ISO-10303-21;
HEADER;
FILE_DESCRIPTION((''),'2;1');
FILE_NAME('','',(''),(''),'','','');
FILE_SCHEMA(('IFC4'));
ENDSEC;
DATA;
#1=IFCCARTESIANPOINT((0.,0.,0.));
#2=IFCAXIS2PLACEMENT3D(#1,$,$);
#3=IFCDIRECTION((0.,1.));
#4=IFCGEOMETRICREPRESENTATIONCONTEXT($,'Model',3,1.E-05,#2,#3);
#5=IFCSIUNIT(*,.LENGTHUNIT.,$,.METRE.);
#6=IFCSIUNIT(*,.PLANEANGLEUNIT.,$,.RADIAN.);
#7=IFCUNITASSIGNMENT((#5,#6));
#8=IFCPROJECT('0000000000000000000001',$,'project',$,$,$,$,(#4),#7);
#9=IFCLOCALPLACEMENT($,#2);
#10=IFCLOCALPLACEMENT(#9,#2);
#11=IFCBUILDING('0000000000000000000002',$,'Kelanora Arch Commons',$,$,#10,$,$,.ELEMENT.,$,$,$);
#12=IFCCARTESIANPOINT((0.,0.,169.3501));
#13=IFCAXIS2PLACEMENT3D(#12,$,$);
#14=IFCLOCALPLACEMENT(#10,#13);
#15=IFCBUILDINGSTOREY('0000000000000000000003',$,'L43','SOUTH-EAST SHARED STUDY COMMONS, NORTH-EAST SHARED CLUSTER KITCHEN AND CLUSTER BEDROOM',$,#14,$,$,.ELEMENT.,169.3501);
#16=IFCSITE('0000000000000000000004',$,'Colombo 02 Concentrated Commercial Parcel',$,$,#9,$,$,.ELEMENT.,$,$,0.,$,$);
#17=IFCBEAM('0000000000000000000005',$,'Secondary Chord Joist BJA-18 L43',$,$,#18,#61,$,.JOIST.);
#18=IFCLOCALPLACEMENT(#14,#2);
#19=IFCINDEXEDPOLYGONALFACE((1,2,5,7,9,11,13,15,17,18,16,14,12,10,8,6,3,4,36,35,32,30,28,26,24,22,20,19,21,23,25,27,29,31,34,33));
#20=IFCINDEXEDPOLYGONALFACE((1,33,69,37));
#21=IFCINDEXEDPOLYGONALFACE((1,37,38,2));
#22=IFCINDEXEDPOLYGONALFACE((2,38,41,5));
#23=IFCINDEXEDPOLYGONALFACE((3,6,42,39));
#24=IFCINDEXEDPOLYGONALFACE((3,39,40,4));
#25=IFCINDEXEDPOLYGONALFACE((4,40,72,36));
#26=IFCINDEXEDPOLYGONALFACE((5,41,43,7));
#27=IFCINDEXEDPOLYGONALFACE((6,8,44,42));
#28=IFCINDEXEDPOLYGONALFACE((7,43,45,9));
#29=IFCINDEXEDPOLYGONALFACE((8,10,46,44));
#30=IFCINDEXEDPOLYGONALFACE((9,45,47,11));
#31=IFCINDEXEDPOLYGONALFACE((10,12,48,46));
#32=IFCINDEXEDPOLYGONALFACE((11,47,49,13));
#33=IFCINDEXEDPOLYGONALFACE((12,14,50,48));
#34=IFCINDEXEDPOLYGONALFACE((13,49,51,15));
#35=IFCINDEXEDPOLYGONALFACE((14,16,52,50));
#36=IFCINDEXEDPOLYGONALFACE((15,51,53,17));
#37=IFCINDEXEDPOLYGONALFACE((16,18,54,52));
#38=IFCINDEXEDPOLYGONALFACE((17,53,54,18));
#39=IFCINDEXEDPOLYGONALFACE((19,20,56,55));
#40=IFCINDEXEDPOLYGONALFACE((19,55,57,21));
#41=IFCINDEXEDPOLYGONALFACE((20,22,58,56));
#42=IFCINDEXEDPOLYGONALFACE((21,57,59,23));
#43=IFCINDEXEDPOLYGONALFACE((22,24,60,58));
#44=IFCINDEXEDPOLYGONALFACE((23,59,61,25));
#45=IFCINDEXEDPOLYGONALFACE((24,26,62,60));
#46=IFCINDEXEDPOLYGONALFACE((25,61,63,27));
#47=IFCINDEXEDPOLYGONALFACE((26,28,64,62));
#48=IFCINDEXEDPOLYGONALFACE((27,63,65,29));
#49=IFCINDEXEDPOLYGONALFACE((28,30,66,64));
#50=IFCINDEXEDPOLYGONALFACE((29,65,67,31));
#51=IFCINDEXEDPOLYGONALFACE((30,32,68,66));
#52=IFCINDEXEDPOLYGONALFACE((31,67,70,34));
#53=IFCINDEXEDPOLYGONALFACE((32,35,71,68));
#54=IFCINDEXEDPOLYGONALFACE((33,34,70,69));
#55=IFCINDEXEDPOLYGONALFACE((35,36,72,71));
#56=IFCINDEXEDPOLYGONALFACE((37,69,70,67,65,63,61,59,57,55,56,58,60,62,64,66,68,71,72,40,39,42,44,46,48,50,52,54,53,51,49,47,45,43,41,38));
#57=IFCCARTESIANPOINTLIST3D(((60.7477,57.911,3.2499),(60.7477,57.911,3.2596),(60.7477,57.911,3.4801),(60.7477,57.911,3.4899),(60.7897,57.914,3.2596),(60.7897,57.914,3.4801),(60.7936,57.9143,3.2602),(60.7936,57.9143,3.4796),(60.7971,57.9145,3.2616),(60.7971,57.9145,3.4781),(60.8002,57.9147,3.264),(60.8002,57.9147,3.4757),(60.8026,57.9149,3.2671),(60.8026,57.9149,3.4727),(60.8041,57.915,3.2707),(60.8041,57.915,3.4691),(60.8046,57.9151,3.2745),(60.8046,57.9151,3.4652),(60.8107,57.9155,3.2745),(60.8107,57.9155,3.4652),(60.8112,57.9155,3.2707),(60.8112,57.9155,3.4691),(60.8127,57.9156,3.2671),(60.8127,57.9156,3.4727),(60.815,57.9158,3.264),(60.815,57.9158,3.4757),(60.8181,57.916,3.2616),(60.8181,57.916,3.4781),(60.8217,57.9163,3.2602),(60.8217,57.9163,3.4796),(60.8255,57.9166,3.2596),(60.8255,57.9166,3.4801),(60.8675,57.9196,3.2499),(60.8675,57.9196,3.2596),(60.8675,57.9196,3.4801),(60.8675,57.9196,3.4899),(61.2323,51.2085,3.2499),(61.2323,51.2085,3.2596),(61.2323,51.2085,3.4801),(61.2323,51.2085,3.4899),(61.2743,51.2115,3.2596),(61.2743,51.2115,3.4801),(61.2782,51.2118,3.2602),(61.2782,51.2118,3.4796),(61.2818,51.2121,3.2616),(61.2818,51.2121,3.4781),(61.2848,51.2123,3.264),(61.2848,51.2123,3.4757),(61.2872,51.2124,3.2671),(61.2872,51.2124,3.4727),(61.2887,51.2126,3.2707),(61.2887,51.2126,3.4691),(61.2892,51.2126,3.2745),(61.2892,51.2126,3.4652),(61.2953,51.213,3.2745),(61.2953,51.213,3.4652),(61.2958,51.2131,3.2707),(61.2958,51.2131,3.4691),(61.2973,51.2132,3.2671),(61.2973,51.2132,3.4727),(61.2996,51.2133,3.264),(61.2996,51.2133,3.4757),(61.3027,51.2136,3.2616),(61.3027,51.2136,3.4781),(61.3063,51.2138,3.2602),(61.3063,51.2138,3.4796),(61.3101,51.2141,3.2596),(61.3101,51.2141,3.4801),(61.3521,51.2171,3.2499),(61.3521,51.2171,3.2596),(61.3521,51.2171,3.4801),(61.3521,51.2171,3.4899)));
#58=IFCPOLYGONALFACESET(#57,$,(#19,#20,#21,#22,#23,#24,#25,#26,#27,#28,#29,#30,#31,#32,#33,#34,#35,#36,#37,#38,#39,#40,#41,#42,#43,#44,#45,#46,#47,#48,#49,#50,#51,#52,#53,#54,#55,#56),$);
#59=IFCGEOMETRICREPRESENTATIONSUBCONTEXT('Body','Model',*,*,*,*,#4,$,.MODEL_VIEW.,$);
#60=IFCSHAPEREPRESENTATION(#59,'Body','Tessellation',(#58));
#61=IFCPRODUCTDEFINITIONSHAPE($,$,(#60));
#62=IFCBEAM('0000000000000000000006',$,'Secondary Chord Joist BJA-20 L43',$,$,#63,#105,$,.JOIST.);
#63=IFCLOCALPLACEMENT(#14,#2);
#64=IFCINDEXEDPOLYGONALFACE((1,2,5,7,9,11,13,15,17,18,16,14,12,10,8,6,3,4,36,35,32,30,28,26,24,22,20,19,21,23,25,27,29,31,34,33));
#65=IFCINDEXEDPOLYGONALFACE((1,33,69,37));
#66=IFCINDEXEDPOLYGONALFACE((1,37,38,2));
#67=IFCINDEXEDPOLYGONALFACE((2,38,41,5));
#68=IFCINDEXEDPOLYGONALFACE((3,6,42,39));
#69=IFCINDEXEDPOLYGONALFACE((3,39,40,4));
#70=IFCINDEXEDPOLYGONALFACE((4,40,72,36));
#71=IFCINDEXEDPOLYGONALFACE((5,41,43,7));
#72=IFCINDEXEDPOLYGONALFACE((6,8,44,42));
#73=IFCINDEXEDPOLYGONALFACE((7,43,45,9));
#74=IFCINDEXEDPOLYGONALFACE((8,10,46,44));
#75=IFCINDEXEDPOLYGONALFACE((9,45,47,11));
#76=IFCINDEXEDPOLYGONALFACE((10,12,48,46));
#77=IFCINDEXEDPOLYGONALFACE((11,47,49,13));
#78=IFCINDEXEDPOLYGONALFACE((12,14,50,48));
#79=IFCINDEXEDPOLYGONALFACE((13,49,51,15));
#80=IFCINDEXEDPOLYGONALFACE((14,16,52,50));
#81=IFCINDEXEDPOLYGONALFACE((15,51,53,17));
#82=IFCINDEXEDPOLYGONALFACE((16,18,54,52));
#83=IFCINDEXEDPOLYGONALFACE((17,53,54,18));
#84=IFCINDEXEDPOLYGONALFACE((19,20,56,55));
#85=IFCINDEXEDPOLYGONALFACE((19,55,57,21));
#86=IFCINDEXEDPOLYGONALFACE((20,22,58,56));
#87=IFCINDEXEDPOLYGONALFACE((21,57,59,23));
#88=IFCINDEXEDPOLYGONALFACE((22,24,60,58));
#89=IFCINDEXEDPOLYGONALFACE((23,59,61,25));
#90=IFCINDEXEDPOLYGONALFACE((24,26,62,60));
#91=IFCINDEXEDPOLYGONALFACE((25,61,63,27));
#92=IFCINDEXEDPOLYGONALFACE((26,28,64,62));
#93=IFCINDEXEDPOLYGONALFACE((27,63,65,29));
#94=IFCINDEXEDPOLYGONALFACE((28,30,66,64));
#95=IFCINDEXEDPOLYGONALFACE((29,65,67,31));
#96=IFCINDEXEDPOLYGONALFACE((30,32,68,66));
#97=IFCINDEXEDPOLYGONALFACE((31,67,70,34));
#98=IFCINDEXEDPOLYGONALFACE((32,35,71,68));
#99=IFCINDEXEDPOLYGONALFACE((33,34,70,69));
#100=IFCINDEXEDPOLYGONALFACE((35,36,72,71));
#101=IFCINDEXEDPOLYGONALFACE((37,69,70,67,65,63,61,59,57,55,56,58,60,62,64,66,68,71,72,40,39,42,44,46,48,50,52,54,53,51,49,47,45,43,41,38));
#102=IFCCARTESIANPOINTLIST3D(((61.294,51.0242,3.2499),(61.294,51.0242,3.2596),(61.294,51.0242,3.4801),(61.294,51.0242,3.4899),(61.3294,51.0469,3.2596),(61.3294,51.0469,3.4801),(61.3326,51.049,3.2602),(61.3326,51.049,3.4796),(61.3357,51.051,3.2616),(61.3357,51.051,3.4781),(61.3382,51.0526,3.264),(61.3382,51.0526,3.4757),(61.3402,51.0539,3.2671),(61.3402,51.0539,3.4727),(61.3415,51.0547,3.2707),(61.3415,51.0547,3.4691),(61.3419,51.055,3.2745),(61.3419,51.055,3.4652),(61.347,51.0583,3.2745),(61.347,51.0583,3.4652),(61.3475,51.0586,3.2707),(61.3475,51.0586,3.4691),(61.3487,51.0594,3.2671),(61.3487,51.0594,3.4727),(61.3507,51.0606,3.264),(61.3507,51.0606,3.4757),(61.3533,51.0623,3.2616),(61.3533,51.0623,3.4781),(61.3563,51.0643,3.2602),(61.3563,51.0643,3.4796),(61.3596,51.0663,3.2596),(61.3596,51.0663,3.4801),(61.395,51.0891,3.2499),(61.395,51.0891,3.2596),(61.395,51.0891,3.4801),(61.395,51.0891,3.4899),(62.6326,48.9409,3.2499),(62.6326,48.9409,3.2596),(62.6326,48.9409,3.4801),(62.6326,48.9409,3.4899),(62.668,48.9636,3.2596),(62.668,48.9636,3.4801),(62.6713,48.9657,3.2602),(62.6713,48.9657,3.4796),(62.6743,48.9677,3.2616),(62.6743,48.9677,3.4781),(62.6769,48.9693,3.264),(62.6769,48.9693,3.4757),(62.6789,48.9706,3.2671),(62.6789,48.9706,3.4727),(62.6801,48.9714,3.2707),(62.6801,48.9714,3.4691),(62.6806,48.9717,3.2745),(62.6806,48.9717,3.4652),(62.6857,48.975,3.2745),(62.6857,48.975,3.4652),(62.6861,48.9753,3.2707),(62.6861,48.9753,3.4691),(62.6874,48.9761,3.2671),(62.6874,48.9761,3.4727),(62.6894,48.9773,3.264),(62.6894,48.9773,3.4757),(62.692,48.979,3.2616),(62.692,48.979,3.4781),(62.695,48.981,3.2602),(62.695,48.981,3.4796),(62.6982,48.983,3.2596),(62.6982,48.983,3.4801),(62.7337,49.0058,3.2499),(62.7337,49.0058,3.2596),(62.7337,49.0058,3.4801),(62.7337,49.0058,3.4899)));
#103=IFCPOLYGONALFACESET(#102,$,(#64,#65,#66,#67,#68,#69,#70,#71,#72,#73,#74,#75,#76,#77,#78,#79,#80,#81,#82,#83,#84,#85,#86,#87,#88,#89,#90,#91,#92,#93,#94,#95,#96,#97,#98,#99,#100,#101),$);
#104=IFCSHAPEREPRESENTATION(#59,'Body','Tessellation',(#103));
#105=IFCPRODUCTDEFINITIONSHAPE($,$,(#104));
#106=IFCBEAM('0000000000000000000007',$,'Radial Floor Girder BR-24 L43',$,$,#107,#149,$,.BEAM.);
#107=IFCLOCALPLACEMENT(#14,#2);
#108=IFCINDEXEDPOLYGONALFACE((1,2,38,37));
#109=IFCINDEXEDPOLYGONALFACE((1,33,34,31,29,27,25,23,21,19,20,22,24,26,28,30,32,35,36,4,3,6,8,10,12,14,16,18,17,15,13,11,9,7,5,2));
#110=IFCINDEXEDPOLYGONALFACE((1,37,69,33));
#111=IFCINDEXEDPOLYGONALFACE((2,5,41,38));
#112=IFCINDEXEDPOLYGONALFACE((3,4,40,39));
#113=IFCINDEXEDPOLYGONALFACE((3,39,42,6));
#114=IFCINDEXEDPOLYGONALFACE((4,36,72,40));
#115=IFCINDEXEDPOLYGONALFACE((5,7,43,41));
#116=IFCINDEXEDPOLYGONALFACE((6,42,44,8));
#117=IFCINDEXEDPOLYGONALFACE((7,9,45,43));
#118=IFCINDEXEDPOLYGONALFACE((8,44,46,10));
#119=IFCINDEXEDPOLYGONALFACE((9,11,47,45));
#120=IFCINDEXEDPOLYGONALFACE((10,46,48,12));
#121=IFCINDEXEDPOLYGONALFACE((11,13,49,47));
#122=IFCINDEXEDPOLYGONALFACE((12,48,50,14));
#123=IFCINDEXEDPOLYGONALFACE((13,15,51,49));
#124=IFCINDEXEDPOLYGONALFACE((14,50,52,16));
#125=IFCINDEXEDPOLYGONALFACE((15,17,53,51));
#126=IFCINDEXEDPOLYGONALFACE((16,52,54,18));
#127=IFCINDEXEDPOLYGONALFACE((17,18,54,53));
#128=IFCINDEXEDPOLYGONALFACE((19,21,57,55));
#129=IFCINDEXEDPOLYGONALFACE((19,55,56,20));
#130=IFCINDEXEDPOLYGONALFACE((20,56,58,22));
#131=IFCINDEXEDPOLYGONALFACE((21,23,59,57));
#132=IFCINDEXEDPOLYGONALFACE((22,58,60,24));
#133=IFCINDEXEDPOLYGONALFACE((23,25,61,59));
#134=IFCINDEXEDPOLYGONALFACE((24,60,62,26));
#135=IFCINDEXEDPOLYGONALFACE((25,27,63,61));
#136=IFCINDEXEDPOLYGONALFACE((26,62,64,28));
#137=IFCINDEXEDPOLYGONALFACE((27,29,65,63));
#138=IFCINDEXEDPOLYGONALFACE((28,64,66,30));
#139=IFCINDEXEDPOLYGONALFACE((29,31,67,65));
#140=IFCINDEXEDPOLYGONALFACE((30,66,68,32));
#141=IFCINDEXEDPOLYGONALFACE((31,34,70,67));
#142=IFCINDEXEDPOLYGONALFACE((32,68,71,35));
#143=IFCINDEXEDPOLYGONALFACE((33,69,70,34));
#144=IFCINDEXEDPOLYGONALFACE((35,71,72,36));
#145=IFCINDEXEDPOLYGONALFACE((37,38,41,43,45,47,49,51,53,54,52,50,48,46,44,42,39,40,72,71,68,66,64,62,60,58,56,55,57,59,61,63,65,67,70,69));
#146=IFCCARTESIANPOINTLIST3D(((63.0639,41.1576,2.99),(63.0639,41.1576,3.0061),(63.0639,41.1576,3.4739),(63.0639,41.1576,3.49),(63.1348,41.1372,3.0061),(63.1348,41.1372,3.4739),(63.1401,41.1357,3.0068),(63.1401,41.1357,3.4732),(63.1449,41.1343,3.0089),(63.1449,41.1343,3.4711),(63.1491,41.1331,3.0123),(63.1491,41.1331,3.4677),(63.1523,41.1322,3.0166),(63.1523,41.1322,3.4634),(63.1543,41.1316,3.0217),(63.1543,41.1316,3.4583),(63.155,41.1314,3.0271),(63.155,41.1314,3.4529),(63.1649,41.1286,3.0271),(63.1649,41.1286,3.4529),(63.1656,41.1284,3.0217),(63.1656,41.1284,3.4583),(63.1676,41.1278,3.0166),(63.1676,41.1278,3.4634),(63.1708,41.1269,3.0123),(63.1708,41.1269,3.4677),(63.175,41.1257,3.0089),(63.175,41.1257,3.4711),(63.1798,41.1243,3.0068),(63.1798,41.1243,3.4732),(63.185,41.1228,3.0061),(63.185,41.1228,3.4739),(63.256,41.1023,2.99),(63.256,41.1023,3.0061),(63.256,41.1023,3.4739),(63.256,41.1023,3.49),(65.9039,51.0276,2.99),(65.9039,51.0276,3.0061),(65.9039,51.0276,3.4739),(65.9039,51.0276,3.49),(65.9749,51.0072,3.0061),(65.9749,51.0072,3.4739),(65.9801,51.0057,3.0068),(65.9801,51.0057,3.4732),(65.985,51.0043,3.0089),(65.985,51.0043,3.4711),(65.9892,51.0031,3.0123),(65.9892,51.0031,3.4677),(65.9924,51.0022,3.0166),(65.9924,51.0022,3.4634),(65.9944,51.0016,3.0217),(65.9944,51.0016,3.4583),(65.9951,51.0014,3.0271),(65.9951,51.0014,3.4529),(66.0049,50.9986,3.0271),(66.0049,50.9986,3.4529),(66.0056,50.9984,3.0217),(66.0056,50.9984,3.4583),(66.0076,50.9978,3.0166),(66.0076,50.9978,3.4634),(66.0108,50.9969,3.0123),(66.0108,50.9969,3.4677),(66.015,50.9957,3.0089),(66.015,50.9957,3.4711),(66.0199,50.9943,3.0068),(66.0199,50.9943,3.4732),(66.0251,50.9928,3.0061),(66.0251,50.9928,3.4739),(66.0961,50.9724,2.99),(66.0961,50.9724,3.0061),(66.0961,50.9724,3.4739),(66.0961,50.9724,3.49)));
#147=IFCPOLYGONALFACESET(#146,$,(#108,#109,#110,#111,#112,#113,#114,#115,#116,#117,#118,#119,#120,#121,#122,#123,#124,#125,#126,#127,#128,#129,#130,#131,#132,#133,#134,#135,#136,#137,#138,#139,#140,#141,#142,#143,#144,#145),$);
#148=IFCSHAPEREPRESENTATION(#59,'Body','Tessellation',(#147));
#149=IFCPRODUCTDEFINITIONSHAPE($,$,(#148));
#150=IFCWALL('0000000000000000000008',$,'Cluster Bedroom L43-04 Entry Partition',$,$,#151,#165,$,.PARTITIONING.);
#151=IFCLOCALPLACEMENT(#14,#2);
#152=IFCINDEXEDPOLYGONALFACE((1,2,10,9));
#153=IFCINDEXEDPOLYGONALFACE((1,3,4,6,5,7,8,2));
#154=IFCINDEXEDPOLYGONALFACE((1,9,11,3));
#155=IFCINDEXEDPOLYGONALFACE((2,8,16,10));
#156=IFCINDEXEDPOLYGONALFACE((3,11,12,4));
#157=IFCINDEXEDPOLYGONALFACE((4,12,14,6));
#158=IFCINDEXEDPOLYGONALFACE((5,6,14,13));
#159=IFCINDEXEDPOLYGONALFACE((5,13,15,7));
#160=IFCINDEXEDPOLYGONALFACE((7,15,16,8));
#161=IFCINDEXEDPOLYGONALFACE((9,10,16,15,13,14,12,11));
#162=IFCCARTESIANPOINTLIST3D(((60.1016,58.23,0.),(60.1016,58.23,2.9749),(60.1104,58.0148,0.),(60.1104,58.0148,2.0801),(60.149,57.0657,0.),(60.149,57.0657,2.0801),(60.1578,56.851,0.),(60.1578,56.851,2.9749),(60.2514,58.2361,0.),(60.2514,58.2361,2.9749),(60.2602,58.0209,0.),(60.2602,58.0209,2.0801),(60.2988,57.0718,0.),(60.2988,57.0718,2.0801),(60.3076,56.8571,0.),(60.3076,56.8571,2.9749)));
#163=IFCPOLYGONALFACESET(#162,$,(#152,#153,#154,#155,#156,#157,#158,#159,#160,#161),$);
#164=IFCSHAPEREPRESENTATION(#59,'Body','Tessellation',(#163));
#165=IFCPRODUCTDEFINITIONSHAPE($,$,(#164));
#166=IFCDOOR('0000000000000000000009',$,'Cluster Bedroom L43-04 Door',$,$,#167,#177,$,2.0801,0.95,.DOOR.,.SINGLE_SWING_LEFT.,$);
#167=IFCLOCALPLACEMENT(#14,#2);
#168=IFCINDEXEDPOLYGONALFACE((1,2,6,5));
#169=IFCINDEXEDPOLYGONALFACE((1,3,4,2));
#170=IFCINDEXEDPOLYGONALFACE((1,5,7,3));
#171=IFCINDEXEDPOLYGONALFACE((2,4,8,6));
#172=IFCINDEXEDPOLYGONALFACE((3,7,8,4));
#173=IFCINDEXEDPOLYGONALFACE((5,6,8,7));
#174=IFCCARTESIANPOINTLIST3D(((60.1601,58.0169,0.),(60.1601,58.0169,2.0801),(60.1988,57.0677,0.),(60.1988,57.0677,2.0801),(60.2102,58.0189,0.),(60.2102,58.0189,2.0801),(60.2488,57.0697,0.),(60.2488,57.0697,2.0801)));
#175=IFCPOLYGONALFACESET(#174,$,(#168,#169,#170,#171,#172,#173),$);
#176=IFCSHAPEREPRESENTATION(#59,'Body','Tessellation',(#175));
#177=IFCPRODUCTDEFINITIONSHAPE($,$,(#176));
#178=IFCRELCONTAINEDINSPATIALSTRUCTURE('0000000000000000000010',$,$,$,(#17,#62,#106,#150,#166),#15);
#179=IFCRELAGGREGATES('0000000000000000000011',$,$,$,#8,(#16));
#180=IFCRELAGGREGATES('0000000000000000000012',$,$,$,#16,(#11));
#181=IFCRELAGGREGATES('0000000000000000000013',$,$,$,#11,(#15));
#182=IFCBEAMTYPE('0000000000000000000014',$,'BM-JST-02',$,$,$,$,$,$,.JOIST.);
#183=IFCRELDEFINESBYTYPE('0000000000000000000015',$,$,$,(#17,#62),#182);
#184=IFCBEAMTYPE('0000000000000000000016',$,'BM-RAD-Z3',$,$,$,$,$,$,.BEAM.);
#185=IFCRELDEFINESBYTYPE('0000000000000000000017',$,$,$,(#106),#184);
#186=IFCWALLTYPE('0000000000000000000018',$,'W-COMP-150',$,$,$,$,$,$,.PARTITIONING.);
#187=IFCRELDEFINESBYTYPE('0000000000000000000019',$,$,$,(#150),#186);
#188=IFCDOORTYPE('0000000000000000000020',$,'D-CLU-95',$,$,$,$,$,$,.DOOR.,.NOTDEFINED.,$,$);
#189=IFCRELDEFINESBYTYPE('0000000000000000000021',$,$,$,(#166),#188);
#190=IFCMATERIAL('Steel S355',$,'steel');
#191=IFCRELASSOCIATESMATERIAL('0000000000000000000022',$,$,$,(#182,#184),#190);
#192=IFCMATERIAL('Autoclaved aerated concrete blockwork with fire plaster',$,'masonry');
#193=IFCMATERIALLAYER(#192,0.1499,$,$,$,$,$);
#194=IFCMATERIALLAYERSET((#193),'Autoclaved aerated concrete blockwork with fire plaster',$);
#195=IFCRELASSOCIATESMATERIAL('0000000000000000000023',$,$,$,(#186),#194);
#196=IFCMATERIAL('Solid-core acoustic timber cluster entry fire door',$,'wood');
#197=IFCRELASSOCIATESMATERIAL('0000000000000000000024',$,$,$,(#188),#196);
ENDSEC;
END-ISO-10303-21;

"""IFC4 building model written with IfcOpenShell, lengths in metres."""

from ifc_helpers import new_model, si_unit, direction, frame, frame_2d, origin, origin_2d, place, context, subcontext, project, spatial, rectangle, i_section, extrude, material, layer, layer_set, material_profile, profile_set, type_object, element, fill, save


model = new_model("IFC4")

# Units and contexts
model_context = context("Model", 3, precision=1e-05, world=origin(), true_north=direction((0.0, 1.0)))
body_context = subcontext(model_context, "Body", "Model", "MODEL_VIEW")
ifc_project = project(units=[si_unit("LENGTHUNIT", "METRE"), si_unit("PLANEANGLEUNIT", "RADIAN")], contexts=[model_context])

# Site, building, storey
site_placement = place(None, origin())
site = spatial("IfcSite", under=ifc_project, at=site_placement, Name="Colombo 02 Concentrated Commercial Parcel", CompositionType="ELEMENT", RefElevation=0.0)
building_placement = place(site_placement, origin())
building = spatial("IfcBuilding", under=site, at=building_placement, Name="Kelanora Arch Commons", CompositionType="ELEMENT")
storey_placement = place(building_placement, frame((0.0, 0.0, 169.3501)))
storey = spatial("IfcBuildingStorey", under=building, at=storey_placement, Name="L43", Description="SOUTH-EAST SHARED STUDY COMMONS, NORTH-EAST SHARED CLUSTER KITCHEN AND CLUSTER BEDROOM", CompositionType="ELEMENT", Elevation=169.3501)

# Beams
ifc_material_1 = material(Name="Steel S355", Category="steel")
ifc_material_profile_1 = material_profile(ifc_material_1, i_section(OverallWidth=0.1201, OverallDepth=0.24, WebThickness=0.0061, FlangeThickness=0.0098, FilletRadius=0.0149, at=origin_2d()), Name="IPE240")
ifc_profile_set_1 = profile_set([ifc_material_profile_1], Name="Steel S355")
beam_type_1 = type_object("IfcBeamType", Name="BM-JST-02", PredefinedType="JOIST", material=ifc_profile_set_1)
beam_1_placement = place(storey_placement, frame((60.8076, 57.9153, 3.3699), z_axis=(0.072117, -0.997396, 0.0), x_axis=(0.997396, 0.072117, 0.0)))
element("IfcBeam", 1, at=beam_1_placement, inside=storey, type_object=beam_type_1, Name="Secondary Chord Joist BJA-18 L43", PredefinedType="JOIST", context=body_context, shape_type="SweptSolid", body=[
    extrude(i_section(OverallWidth=0.1201, OverallDepth=0.24, WebThickness=0.0061, FlangeThickness=0.0098, FilletRadius=0.0149, at=origin_2d()), origin(), (0.0, 0.0, 1.0), 6.72),
])
beam_2_placement = place(storey_placement, frame((61.3445, 51.0566, 3.3699), z_axis=(0.540583, -0.841291, 0.0), x_axis=(0.841291, 0.540583, 0.0)))
element("IfcBeam", 2, at=beam_2_placement, inside=storey, type_object=beam_type_1, Name="Secondary Chord Joist BJA-20 L43", PredefinedType="JOIST", context=body_context, shape_type="SweptSolid", body=[
    extrude(i_section(OverallWidth=0.1201, OverallDepth=0.24, WebThickness=0.0061, FlangeThickness=0.0098, FilletRadius=0.0149, at=origin_2d()), origin(), (0.0, 0.0, 1.0), 2.4763),
])
ifc_material_profile_2 = material_profile(ifc_material_1, i_section(OverallWidth=0.2, OverallDepth=0.5, WebThickness=0.0103, FlangeThickness=0.0161, FilletRadius=0.021, at=origin_2d()), Name="IPE500")
ifc_profile_set_2 = profile_set([ifc_material_profile_2], Name="Steel S355")
beam_type_2 = type_object("IfcBeamType", Name="BM-RAD-Z3", PredefinedType="BEAM", material=ifc_profile_set_2)
beam_3_placement = place(storey_placement, frame((66.0, 51.0, 3.24), z_axis=(-0.276526, -0.961006, 0.0), x_axis=(0.961006, -0.276526, 0.0)))
element("IfcBeam", 3, at=beam_3_placement, inside=storey, type_object=beam_type_2, Name="Radial Floor Girder BR-24 L43", PredefinedType="BEAM", context=body_context, shape_type="SweptSolid", body=[
    extrude(i_section(OverallWidth=0.2, OverallDepth=0.5, WebThickness=0.0103, FlangeThickness=0.0161, FilletRadius=0.021, at=origin_2d()), origin(), (0.0, 0.0, 1.0), 10.2705),
])

# Wall, opening, door
ifc_material_2 = material(Name="Autoclaved aerated concrete blockwork with fire plaster", Category="masonry")
ifc_layer_1 = layer(ifc_material_2, 0.1499)
ifc_layer_set_1 = layer_set([ifc_layer_1], Name="Autoclaved aerated concrete blockwork with fire plaster")
wall_type_1 = type_object("IfcWallType", Name="W-COMP-150", PredefinedType="PARTITIONING", material=ifc_layer_set_1)
wall_1_placement = place(storey_placement, frame((60.1765, 58.2329, 0.0), z_axis=(0.0, 0.0, 1.0), x_axis=(0.040689, -0.999172, 0.0)))
wall_1 = element("IfcWall", 4, at=wall_1_placement, inside=storey, type_object=wall_type_1, Name="Cluster Bedroom L43-04 Entry Partition", PredefinedType="PARTITIONING", context=body_context, shape_type="SweptSolid", body=[
    extrude(rectangle(XDim=1.3801, YDim=0.1499, at=frame_2d((0.6899, 0.0))), origin(), (0.0, 0.0, 1.0), 2.9749),
])
opening_1_placement = place(wall_1_placement, frame((0.2151, 0.0, 0.0)))
opening_1 = element("IfcOpeningElement", 5, at=opening_1_placement, cuts=wall_1, PredefinedType="OPENING", context=body_context, shape_type="SweptSolid", body=[
    extrude(rectangle(XDim=0.95, YDim=2.0801, at=frame_2d((0.4751, 1.04))), frame((0.0, 0.085, 0.0), z_axis=(0.0, -1.0, 0.0), x_axis=(1.0, 0.0, 0.0)), (0.0, 0.0, 1.0), 0.1699),
])
ifc_material_3 = material(Name="Solid-core acoustic timber cluster entry fire door", Category="wood")
door_type_1 = type_object("IfcDoorType", Name="D-CLU-95", OperationType="NOTDEFINED", PredefinedType="DOOR", material=ifc_material_3)
door_1_placement = place(opening_1_placement, origin())
door_1 = element("IfcDoor", 6, at=door_1_placement, inside=storey, type_object=door_type_1, Name="Cluster Bedroom L43-04 Door", OperationType="SINGLE_SWING_LEFT", OverallHeight=2.0801, OverallWidth=0.95, PredefinedType="DOOR", context=body_context, shape_type="SweptSolid", body=[
    extrude(rectangle(XDim=0.95, YDim=2.0801, at=frame_2d((0.4751, 1.04))), frame((0.0, 0.0249, 0.0), z_axis=(0.0, -1.0, 0.0), x_axis=(1.0, 0.0, 0.0)), (0.0, 0.0, 1.0), 0.05),
])
fill(opening_1, door_1)

save(model, "model.ifc")
